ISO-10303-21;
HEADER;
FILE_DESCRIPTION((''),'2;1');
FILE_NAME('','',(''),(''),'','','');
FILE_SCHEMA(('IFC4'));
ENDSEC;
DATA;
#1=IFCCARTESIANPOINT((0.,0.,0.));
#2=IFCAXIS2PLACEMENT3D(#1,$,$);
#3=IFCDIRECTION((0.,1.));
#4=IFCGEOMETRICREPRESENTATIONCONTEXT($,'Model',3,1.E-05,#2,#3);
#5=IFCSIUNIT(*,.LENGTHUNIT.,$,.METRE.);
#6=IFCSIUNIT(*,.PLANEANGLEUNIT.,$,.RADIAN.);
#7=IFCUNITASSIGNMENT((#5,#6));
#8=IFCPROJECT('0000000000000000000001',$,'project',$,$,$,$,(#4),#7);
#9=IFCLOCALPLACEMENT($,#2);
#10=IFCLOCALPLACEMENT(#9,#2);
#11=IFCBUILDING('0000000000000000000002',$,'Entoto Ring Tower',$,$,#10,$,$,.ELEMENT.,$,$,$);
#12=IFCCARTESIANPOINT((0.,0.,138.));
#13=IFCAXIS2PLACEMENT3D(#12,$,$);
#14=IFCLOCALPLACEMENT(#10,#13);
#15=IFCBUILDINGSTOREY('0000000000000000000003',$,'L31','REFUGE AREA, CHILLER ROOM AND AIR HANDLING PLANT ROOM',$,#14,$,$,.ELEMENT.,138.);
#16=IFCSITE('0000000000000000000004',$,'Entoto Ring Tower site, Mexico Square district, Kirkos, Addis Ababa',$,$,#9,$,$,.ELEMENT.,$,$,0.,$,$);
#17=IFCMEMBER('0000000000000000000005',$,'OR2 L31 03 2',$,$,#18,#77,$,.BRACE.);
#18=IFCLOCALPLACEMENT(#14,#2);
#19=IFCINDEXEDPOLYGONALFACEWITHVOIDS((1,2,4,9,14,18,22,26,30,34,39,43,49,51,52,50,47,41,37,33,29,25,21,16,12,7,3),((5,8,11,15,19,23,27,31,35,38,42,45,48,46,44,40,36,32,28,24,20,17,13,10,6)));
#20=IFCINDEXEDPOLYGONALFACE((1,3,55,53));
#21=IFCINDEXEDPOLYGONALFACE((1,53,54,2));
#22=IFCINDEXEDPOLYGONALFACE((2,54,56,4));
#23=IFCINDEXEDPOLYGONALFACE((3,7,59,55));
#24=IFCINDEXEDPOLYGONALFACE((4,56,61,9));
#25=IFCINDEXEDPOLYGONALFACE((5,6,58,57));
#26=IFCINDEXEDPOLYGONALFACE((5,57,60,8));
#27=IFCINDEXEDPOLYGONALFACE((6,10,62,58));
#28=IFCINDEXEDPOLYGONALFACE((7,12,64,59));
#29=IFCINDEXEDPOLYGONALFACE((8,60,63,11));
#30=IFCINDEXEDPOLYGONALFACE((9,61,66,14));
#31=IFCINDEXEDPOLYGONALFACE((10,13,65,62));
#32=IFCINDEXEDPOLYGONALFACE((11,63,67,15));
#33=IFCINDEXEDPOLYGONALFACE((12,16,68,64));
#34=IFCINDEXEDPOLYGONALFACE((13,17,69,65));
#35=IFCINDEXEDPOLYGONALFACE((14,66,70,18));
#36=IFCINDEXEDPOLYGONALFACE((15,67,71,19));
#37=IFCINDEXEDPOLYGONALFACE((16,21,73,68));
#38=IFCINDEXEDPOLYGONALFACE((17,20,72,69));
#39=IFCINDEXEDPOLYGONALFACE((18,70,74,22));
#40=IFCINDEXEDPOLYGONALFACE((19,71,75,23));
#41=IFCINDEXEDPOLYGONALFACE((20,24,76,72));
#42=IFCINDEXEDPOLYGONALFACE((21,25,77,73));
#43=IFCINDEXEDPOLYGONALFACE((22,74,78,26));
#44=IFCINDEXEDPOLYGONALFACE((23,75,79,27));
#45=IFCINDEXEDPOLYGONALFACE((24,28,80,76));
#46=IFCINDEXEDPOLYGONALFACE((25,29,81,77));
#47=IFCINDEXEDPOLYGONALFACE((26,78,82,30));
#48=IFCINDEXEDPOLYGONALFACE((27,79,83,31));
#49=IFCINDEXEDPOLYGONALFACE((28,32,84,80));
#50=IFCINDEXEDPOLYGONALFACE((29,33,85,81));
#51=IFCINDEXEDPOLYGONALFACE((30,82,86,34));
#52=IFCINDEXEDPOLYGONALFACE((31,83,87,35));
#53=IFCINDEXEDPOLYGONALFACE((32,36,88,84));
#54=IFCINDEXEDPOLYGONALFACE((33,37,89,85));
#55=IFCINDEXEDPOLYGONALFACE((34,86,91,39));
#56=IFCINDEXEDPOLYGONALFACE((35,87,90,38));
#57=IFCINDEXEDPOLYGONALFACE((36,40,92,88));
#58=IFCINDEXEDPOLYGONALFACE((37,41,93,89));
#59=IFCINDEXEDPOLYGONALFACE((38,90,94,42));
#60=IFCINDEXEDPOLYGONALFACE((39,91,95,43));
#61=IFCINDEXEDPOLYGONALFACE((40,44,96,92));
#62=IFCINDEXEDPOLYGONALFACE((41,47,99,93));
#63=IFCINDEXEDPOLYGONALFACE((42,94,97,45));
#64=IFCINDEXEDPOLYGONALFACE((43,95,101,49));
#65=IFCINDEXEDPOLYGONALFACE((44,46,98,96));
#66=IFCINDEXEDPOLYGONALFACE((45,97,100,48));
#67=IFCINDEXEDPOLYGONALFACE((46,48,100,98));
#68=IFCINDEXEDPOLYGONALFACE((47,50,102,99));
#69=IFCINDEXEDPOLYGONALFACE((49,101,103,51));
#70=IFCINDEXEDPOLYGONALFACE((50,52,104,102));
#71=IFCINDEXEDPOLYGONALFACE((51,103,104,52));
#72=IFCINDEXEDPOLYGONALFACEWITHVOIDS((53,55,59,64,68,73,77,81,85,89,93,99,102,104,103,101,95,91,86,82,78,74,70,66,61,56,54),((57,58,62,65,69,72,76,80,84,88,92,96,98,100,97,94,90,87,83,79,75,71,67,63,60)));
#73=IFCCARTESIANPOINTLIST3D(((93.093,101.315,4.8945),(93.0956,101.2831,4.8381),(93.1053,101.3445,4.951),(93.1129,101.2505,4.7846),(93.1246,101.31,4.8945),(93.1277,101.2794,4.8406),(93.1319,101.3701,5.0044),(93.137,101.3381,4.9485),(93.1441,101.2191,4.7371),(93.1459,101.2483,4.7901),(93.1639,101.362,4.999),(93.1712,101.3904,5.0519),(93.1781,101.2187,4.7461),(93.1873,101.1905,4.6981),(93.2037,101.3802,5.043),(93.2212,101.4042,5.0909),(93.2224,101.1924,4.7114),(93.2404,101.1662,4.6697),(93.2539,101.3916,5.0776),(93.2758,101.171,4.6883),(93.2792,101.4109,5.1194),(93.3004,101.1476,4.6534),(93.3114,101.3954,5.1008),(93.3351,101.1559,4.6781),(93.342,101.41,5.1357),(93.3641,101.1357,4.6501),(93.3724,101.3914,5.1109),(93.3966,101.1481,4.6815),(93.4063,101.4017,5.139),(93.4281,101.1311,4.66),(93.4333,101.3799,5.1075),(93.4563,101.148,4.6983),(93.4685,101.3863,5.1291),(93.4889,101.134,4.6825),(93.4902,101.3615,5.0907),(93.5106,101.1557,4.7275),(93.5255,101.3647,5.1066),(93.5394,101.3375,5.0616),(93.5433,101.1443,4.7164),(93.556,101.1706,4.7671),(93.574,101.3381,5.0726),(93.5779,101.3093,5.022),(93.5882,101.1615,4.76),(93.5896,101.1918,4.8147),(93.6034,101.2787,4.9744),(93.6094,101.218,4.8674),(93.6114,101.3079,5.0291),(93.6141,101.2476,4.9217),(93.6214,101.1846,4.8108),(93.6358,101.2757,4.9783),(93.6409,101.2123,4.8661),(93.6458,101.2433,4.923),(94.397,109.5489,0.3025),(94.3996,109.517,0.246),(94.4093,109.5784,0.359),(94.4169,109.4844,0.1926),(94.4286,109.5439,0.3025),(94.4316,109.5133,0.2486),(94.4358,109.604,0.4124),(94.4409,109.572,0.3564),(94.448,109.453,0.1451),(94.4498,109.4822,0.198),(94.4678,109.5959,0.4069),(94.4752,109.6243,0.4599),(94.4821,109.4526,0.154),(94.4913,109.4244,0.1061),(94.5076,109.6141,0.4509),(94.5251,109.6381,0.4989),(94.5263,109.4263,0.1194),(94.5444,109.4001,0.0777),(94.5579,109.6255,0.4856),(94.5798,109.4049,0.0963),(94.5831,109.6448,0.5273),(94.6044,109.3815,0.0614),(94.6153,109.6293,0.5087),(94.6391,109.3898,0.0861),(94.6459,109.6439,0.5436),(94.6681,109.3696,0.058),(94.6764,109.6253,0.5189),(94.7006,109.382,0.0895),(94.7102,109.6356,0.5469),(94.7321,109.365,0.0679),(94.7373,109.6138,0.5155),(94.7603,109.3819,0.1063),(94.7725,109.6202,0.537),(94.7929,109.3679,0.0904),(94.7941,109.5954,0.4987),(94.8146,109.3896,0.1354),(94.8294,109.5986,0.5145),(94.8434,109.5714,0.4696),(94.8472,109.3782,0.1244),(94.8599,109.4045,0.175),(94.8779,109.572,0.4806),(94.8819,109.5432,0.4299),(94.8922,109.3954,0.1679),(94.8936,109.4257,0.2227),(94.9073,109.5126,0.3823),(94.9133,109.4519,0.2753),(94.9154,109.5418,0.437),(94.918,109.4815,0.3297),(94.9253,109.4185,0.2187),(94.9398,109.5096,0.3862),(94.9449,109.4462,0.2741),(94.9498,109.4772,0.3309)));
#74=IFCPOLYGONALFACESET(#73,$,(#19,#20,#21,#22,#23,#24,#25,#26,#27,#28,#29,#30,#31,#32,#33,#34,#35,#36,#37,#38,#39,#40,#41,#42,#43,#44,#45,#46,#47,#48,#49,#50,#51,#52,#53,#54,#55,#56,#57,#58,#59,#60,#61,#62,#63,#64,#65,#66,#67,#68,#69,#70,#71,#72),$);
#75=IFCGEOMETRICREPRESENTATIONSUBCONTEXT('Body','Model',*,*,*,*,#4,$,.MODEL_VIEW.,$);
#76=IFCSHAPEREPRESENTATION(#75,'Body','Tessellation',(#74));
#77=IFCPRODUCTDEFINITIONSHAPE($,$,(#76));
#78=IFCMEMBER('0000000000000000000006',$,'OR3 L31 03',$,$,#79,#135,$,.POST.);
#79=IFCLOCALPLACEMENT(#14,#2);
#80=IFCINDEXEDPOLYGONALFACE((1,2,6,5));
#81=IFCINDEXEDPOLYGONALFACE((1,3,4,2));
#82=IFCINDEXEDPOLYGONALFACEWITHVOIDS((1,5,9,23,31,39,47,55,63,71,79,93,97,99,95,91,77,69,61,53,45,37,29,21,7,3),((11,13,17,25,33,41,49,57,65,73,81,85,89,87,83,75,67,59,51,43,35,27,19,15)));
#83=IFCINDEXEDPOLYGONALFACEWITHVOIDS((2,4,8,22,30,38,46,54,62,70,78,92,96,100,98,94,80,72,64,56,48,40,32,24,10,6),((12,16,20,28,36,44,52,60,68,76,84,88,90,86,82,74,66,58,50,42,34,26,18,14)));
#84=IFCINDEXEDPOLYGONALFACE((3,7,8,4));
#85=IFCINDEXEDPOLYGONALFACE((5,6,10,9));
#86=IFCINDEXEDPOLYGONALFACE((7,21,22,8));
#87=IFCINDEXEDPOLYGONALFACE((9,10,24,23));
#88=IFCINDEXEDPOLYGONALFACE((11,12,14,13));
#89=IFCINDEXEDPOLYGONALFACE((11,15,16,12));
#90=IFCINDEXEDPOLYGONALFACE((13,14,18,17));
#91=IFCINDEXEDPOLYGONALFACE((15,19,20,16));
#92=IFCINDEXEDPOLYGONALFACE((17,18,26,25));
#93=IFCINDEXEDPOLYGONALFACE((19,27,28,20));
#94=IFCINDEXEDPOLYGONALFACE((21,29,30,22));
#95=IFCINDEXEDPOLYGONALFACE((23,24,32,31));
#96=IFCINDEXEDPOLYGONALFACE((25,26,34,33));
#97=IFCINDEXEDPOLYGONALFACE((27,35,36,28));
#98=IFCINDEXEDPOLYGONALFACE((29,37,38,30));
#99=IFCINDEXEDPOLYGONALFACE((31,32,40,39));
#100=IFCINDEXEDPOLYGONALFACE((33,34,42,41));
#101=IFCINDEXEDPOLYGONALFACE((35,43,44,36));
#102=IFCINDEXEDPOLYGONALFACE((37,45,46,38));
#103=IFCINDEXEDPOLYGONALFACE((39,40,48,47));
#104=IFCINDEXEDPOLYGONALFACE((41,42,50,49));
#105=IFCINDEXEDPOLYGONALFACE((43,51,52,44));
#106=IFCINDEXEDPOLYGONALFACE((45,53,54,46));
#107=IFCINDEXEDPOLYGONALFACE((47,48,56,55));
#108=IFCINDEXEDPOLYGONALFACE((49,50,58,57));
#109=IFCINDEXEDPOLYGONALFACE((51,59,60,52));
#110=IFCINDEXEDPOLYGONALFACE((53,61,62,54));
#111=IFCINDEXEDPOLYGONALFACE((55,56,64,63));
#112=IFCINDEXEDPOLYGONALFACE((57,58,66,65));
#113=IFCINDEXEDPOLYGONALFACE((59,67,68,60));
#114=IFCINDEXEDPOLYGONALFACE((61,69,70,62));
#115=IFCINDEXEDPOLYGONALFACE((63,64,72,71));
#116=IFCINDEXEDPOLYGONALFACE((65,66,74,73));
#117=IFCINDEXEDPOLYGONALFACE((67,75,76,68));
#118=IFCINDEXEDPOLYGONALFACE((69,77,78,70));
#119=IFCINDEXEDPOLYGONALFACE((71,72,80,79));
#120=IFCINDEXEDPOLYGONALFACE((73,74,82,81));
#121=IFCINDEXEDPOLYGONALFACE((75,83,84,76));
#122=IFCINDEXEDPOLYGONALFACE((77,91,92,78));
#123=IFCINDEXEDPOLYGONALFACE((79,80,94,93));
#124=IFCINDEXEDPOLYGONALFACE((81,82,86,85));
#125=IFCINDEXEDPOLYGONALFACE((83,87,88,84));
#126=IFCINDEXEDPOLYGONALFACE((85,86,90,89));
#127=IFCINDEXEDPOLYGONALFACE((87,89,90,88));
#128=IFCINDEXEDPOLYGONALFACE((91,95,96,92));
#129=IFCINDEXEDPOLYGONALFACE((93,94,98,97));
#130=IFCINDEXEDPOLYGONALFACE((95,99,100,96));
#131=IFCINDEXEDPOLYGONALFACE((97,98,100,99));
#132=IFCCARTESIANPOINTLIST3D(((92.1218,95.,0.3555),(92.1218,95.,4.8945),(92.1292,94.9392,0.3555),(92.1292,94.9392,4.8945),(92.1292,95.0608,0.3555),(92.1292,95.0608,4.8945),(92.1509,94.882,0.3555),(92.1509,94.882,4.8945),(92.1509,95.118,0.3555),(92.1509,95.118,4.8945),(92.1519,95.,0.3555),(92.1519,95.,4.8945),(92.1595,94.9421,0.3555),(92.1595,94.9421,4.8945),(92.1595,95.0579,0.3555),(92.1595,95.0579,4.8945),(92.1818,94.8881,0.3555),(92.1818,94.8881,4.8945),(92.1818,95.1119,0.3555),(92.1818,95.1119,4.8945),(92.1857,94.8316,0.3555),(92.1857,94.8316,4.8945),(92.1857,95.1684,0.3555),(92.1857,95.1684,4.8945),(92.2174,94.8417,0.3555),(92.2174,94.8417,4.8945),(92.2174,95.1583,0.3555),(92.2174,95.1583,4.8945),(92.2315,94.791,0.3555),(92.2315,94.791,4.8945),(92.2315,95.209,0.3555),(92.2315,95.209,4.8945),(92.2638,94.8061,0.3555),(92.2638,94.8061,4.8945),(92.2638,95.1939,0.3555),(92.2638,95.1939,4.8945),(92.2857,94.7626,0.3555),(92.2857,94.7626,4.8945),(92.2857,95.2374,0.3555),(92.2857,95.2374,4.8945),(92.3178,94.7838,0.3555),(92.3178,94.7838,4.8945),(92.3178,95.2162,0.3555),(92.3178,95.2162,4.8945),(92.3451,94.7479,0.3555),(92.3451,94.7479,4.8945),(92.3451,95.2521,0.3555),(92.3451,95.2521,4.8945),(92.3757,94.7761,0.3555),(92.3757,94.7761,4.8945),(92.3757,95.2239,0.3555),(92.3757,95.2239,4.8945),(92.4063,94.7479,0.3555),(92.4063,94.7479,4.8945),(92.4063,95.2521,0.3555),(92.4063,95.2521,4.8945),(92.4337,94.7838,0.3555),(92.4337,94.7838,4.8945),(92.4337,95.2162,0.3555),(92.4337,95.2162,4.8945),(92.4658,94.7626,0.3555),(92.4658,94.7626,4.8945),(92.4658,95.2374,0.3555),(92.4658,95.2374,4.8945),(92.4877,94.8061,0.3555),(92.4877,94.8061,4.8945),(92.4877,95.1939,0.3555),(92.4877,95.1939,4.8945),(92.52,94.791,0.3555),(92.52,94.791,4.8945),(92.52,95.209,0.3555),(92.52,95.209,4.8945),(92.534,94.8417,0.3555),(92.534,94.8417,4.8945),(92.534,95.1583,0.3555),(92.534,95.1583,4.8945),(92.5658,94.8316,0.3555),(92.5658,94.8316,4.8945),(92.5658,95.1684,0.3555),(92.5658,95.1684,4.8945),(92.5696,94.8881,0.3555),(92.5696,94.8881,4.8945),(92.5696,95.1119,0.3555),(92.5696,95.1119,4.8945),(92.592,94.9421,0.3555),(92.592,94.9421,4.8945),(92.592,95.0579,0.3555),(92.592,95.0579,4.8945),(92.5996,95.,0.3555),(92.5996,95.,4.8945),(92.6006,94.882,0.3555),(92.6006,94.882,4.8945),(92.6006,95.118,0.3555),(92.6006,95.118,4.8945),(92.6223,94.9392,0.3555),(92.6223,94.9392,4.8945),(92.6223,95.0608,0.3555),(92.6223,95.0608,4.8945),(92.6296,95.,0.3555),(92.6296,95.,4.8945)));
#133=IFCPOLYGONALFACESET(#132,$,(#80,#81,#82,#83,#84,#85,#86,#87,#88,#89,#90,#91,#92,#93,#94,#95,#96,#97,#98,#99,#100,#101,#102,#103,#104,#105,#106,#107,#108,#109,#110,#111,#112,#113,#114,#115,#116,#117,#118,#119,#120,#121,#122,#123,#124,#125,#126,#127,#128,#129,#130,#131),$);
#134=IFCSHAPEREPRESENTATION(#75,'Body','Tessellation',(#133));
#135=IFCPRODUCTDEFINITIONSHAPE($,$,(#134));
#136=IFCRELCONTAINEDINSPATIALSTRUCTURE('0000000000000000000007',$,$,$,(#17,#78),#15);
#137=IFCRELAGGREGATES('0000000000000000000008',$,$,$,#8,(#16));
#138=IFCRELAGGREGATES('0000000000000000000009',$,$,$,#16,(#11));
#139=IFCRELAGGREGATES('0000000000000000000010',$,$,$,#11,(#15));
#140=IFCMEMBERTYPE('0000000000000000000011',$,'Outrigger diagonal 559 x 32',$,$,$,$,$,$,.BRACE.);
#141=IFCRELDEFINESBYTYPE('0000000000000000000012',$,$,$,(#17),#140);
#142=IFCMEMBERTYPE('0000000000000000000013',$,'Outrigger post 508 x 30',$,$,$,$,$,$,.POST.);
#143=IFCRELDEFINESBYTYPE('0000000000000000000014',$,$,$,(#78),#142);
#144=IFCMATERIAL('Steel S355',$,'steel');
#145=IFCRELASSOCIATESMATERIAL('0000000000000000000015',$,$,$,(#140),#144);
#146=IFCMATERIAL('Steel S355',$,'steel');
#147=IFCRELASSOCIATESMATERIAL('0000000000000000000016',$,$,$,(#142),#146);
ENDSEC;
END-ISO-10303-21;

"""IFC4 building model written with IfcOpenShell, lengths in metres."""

from ifc_helpers import new_model, si_unit, direction, frame, origin, origin_2d, place, context, subcontext, project, spatial, circle, hollow_circle, extrude, material, material_profile, profile_set, type_object, element, save


model = new_model("IFC4")

# Units and contexts
model_context = context("Model", 3, precision=1e-05, world=origin(), true_north=direction((0.0, 1.0)))
body_context = subcontext(model_context, "Body", "Model", "MODEL_VIEW")
ifc_project = project(units=[si_unit("LENGTHUNIT", "METRE"), si_unit("PLANEANGLEUNIT", "RADIAN")], contexts=[model_context])

# Site, building, storey
site_placement = place(None, origin())
site = spatial("IfcSite", under=ifc_project, at=site_placement, Name="Entoto Ring Tower site, Mexico Square district, Kirkos, Addis Ababa", CompositionType="ELEMENT", RefElevation=0.0)
building_placement = place(site_placement, origin())
building = spatial("IfcBuilding", under=site, at=building_placement, Name="Entoto Ring Tower", CompositionType="ELEMENT")
storey_placement = place(building_placement, frame((0.0, 0.0, 138.0)))
storey = spatial("IfcBuildingStorey", under=building, at=storey_placement, Name="L31", Description="REFUGE AREA, CHILLER ROOM AND AIR HANDLING PLANT ROOM", CompositionType="ELEMENT", Elevation=138.0)

# Members
ifc_material_1 = material(Name="Steel S355", Category="steel")
ifc_material_profile_1 = material_profile(ifc_material_1, hollow_circle(Radius=0.2795, WallThickness=0.032, at=origin_2d()), Name="CHS 559 x 32")
ifc_material_2 = material(Name="Concrete C60/75", Category="concrete")
ifc_material_profile_2 = material_profile(ifc_material_2, circle(Radius=0.2476, at=origin_2d()), Name="Concrete C60/75 infill")
ifc_profile_set_1 = profile_set([ifc_material_profile_1, ifc_material_profile_2], Name="Steel S355")
member_type_1 = type_object("IfcMemberType", Name="Outrigger diagonal 559 x 32", PredefinedType="BRACE", material=ifc_profile_set_1)
member_1_placement = place(storey_placement, frame((93.3691, 101.2712, 4.8945), z_axis=(0.137005, 0.865125, -0.482481), x_axis=(-0.987691, 0.156415, 0.0)))
element("IfcMember", 1, at=member_1_placement, inside=storey, type_object=member_type_1, Name="OR2 L31 03 2", PredefinedType="BRACE", context=body_context, shape_type="SweptSolid", body=[
    extrude(hollow_circle(Radius=0.2795, WallThickness=0.032, at=origin_2d()), origin(), (0.0, 0.0, 1.0), 9.5176),
])
ifc_material_3 = material(Name="Steel S355", Category="steel")
ifc_material_profile_3 = material_profile(ifc_material_3, hollow_circle(Radius=0.2539, WallThickness=0.03, at=origin_2d()), Name="CHS 508 x 30")
ifc_material_4 = material(Name="Concrete C60/75", Category="concrete")
ifc_material_profile_4 = material_profile(ifc_material_4, circle(Radius=0.2241, at=origin_2d()), Name="Concrete C60/75 infill")
ifc_profile_set_2 = profile_set([ifc_material_profile_3, ifc_material_profile_4], Name="Steel S355")
member_type_2 = type_object("IfcMemberType", Name="Outrigger post 508 x 30", PredefinedType="POST", material=ifc_profile_set_2)
member_2_placement = place(storey_placement, frame((92.3757, 95.0, 0.3555), z_axis=(0.0, 0.0, 1.0), x_axis=(1.0, 0.0, 0.0)))
element("IfcMember", 2, at=member_2_placement, inside=storey, type_object=member_type_2, Name="OR3 L31 03", PredefinedType="POST", context=body_context, shape_type="SweptSolid", body=[
    extrude(hollow_circle(Radius=0.2539, WallThickness=0.03, at=origin_2d()), origin(), (0.0, 0.0, 1.0), 4.5391),
])

save(model, "model.ifc")
